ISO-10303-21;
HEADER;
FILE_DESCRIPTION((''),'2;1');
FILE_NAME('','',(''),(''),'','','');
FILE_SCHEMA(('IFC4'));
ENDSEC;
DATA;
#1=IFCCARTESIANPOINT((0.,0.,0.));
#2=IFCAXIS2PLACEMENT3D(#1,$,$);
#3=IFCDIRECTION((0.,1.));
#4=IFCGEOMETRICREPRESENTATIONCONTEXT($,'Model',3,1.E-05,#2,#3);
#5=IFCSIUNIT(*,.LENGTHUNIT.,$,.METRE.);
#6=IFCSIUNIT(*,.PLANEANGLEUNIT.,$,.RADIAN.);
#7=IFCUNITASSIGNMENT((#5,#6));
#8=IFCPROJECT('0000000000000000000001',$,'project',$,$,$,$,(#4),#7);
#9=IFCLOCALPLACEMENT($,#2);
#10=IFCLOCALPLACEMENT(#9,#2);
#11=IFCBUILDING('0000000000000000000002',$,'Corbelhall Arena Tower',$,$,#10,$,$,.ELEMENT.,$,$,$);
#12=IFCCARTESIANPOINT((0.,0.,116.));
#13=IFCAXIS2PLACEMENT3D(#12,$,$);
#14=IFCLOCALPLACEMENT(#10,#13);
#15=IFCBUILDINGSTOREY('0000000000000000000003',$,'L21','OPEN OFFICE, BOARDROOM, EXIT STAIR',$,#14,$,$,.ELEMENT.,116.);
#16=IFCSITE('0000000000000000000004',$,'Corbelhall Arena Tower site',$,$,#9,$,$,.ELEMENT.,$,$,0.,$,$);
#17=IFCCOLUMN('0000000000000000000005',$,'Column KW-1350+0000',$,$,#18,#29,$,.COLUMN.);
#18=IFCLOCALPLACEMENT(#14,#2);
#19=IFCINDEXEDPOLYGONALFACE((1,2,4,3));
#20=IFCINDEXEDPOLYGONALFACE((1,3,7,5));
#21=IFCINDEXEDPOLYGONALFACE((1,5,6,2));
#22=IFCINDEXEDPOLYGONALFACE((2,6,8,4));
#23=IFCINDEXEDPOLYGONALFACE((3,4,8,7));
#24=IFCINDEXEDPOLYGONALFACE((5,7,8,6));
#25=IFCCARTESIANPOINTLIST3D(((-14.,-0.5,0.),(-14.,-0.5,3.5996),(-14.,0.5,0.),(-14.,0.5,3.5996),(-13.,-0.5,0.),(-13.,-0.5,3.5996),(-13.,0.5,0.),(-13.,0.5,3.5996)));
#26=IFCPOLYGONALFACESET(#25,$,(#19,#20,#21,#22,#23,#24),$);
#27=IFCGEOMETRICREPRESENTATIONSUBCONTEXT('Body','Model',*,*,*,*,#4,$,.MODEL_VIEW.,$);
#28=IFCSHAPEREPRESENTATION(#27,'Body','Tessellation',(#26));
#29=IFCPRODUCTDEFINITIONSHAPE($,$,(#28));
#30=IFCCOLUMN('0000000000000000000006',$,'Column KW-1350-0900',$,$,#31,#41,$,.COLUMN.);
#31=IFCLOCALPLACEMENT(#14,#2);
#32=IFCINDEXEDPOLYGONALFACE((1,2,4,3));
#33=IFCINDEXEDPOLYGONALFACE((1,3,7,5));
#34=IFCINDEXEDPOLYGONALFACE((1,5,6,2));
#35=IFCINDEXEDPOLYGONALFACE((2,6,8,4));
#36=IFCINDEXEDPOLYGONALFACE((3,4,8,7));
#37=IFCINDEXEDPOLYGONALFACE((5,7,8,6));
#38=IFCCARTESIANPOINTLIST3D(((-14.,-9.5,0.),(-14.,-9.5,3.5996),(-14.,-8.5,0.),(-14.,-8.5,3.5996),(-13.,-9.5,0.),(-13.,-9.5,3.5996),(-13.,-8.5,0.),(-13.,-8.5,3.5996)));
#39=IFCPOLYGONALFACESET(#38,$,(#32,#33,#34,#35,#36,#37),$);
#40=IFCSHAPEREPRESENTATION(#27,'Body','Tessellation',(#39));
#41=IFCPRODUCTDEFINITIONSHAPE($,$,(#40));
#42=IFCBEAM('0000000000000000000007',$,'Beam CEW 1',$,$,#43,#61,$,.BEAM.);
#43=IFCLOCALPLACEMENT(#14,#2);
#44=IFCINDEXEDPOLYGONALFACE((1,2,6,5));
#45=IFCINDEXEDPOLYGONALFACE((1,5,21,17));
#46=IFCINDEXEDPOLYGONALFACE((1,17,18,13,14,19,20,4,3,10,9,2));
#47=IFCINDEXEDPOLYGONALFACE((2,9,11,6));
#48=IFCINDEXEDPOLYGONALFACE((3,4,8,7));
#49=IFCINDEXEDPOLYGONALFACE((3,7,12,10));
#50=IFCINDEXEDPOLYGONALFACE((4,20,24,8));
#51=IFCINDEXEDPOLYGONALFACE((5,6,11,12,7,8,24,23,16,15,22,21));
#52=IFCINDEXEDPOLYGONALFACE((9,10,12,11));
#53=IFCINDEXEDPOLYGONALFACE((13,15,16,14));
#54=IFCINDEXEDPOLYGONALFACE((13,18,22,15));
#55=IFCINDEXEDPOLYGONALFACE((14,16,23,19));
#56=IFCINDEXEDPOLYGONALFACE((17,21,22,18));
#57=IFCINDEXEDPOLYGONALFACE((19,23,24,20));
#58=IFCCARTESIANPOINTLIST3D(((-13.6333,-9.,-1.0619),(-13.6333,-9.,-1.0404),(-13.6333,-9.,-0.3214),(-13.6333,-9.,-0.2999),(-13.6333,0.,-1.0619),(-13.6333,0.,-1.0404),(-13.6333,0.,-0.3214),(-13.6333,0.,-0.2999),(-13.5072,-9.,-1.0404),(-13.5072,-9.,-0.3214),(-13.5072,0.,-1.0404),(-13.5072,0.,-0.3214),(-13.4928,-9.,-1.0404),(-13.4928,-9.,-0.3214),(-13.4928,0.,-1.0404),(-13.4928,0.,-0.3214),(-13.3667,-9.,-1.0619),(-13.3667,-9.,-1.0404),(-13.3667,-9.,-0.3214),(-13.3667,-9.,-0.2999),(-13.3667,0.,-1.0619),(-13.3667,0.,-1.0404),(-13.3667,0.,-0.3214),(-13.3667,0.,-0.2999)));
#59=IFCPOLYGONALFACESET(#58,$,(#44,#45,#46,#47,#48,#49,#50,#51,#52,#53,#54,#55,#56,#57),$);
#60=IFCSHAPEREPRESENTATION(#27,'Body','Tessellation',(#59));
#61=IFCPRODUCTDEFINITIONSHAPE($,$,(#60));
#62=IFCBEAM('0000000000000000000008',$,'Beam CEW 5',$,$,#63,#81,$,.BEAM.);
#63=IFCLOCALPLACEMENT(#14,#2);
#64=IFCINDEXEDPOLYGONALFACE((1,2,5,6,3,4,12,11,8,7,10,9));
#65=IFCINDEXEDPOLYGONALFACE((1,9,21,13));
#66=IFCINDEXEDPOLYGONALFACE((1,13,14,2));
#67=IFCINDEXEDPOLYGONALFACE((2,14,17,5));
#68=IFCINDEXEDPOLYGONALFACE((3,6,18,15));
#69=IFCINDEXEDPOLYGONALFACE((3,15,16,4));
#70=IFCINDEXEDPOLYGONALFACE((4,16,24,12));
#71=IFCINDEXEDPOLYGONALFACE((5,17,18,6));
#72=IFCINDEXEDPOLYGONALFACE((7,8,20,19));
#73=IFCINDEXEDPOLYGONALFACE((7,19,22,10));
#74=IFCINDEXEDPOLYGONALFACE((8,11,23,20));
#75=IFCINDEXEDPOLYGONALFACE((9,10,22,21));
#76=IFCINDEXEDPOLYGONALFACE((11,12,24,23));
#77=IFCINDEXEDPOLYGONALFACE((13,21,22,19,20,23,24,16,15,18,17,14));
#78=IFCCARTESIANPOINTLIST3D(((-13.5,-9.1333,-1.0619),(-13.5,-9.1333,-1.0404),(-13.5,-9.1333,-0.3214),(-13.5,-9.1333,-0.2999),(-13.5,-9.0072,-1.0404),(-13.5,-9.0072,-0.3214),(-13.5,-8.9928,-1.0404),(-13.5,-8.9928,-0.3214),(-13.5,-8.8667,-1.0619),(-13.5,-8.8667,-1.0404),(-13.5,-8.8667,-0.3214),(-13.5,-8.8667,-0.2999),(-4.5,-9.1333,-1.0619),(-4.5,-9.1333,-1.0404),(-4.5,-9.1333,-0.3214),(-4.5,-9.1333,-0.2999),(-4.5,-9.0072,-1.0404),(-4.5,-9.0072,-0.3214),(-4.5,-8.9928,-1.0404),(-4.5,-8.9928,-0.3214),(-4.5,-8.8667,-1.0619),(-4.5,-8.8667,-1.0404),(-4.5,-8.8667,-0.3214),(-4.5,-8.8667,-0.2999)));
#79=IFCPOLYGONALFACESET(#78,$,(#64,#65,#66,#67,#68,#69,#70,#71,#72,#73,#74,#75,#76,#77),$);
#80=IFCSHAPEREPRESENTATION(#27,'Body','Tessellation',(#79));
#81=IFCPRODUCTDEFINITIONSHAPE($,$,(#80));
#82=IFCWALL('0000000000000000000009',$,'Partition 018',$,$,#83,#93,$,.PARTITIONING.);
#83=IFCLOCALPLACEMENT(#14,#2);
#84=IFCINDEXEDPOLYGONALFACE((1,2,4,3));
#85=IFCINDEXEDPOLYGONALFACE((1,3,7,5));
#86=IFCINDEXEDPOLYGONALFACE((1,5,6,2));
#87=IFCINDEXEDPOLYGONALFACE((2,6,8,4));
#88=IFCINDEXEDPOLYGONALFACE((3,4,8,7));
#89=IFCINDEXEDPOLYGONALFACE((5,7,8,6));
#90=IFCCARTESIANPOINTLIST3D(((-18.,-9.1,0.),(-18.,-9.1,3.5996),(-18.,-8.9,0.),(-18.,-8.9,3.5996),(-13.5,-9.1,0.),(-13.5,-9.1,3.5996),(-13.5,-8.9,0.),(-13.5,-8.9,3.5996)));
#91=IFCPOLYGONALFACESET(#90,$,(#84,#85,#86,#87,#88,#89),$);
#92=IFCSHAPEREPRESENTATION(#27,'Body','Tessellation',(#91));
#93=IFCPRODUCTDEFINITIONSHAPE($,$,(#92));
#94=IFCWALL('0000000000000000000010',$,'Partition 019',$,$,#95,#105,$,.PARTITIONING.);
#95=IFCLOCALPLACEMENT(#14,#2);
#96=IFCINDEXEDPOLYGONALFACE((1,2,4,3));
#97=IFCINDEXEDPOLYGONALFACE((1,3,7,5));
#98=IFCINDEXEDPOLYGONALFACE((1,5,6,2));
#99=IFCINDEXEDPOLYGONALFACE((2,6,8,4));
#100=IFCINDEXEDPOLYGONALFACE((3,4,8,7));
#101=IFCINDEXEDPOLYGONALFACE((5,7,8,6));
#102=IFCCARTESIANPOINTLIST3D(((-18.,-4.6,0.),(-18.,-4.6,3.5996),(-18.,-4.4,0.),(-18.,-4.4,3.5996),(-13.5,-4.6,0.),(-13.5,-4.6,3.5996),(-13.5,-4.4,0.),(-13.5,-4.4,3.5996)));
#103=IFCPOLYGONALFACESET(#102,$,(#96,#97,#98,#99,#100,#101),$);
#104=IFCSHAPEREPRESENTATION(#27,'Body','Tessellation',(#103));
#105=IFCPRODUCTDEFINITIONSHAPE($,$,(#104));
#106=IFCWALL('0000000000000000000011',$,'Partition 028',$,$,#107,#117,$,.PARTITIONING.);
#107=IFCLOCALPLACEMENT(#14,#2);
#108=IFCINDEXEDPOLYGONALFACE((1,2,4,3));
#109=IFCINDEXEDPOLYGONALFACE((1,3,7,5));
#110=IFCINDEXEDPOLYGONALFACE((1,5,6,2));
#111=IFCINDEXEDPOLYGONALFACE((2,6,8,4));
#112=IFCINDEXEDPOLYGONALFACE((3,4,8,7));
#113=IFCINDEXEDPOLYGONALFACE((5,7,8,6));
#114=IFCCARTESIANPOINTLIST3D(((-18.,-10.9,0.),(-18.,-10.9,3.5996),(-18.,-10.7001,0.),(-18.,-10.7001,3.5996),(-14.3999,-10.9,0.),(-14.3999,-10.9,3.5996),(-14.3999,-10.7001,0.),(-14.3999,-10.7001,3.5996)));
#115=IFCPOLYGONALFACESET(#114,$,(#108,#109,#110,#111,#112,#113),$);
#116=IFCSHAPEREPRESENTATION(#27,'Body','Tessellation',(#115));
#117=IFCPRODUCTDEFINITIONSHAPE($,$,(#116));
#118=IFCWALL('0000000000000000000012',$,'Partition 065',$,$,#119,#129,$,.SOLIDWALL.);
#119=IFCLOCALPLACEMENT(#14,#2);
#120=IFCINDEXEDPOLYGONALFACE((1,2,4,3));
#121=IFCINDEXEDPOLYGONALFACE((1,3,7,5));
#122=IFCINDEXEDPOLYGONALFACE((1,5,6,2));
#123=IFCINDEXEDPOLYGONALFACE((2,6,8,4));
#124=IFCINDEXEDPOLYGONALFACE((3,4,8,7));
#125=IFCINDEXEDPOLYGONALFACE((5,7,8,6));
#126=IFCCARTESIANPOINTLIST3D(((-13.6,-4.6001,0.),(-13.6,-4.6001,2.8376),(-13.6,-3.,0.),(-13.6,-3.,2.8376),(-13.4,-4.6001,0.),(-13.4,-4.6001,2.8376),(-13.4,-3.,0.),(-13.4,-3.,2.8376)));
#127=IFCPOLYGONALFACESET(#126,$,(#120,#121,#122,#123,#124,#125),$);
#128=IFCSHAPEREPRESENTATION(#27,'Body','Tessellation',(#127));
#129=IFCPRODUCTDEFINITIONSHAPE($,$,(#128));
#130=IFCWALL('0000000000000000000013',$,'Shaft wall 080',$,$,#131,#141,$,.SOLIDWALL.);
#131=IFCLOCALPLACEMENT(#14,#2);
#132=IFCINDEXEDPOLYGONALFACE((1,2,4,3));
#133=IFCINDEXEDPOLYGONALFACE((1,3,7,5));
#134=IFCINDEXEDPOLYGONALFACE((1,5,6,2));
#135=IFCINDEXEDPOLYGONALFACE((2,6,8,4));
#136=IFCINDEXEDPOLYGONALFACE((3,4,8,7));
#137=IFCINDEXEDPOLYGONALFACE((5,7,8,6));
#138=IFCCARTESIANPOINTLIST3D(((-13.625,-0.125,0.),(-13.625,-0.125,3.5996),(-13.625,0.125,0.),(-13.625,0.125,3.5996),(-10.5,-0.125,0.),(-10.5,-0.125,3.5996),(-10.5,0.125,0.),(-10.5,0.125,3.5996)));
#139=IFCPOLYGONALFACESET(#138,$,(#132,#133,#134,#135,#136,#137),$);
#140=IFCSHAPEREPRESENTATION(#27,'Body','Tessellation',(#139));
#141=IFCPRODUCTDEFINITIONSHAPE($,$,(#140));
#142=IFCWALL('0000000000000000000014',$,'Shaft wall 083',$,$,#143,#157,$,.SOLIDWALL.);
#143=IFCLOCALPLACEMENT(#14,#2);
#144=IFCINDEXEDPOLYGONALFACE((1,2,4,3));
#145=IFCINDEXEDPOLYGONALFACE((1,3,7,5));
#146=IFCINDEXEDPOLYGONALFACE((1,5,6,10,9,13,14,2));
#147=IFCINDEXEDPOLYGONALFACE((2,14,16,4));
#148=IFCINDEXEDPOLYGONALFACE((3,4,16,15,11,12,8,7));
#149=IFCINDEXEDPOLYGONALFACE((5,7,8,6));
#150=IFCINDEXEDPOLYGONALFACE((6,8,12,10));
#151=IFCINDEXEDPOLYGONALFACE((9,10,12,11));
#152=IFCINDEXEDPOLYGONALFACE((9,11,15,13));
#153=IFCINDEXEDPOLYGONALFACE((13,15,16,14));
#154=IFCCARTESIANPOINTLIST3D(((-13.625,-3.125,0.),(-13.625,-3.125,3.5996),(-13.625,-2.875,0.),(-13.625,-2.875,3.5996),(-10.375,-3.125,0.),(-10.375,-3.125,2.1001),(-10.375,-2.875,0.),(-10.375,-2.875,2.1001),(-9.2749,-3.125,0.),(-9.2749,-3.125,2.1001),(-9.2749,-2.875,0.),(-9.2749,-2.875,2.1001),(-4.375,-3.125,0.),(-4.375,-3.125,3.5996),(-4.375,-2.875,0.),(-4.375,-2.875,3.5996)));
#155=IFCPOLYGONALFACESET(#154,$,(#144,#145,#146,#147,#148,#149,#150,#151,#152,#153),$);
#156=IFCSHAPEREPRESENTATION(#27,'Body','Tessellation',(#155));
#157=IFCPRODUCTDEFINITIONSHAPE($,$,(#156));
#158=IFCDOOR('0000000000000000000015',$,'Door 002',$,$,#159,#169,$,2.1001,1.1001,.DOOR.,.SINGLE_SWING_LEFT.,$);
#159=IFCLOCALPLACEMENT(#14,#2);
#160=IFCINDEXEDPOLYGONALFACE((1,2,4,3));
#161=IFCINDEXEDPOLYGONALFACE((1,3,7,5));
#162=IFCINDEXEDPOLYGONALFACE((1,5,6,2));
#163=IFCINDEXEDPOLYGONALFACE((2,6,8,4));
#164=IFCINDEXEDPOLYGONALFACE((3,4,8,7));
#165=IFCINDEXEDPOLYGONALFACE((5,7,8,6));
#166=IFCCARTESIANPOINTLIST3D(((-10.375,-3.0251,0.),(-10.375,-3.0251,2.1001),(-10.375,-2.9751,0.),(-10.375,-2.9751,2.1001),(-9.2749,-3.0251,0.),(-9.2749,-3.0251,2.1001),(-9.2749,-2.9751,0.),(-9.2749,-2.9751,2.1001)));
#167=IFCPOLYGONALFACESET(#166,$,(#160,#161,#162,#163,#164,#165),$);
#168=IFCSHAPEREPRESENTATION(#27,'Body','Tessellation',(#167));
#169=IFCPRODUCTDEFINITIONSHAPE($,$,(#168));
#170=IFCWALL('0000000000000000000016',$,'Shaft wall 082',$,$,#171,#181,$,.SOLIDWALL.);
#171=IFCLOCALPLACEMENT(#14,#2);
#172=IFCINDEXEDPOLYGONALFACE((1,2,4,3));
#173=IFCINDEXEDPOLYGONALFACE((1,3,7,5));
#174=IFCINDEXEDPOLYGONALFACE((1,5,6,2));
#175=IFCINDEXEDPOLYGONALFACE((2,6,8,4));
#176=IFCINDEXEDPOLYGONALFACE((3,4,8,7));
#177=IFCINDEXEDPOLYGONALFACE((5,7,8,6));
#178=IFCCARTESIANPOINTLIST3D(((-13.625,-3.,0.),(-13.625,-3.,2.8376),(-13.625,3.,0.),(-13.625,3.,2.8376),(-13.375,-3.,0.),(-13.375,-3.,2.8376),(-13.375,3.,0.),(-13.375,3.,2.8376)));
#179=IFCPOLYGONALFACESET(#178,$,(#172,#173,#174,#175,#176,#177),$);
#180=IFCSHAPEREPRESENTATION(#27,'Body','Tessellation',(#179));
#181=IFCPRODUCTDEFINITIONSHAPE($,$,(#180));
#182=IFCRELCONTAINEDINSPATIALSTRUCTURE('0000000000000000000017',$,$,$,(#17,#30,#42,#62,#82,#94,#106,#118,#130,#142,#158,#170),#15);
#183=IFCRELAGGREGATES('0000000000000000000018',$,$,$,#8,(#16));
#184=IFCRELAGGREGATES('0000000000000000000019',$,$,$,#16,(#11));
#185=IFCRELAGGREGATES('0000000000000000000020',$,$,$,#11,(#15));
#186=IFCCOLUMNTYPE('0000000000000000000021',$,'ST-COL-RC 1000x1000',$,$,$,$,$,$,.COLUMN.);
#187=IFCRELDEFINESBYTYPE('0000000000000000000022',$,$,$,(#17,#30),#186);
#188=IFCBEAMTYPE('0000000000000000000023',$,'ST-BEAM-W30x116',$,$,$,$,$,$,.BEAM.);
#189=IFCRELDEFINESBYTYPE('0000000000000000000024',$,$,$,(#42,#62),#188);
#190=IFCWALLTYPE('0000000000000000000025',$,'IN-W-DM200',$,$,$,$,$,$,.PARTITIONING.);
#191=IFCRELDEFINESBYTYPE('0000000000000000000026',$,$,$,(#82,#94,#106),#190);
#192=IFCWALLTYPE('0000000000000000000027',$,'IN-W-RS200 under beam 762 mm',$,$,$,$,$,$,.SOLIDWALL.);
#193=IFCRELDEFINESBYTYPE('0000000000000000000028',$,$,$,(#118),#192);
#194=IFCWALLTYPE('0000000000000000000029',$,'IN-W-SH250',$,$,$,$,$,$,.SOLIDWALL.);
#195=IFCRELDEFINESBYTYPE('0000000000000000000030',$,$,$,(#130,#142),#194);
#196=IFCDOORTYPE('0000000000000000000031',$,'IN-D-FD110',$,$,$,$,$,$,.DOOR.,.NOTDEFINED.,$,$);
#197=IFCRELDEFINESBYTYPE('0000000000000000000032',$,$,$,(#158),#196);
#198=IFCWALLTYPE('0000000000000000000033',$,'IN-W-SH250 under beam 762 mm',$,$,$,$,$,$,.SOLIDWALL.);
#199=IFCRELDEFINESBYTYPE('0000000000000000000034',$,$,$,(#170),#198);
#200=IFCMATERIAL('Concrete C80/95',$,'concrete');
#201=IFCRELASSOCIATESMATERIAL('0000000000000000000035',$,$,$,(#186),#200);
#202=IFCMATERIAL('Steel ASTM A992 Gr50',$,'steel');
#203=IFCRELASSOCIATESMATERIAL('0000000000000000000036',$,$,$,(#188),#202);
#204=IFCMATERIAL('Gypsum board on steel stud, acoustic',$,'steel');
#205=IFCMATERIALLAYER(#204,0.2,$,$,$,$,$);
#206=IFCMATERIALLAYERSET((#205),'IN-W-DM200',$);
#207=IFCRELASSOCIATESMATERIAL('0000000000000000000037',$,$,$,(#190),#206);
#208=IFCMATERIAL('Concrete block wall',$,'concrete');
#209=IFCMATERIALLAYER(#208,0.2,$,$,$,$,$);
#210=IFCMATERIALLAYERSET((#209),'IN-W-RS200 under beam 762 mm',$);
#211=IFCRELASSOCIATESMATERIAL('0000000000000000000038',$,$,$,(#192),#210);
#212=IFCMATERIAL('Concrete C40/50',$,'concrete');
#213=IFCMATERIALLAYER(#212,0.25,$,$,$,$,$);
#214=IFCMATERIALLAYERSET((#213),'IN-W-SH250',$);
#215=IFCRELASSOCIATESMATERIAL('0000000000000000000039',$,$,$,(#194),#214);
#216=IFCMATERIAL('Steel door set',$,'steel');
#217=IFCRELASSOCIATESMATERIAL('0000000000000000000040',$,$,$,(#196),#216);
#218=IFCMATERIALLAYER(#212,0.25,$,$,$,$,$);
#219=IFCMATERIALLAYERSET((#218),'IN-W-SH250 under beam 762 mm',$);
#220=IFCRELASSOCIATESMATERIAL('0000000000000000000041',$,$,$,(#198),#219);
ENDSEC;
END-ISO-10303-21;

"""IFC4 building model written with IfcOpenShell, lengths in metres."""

from ifc_helpers import new_model, si_unit, direction, frame, frame_2d, origin, origin_2d, place, context, subcontext, project, spatial, rectangle, i_section, extrude, material, layer, layer_set, material_profile, profile_set, type_object, element, fill, save


model = new_model("IFC4")

# Units and contexts
model_context = context("Model", 3, precision=1e-05, world=origin(), true_north=direction((0.0, 1.0)))
body_context = subcontext(model_context, "Body", "Model", "MODEL_VIEW")
ifc_project = project(units=[si_unit("LENGTHUNIT", "METRE"), si_unit("PLANEANGLEUNIT", "RADIAN")], contexts=[model_context])

# Site, building, storey
site_placement = place(None, origin())
site = spatial("IfcSite", under=ifc_project, at=site_placement, Name="Corbelhall Arena Tower site", CompositionType="ELEMENT", RefElevation=0.0)
building_placement = place(site_placement, origin())
building = spatial("IfcBuilding", under=site, at=building_placement, Name="Corbelhall Arena Tower", CompositionType="ELEMENT")
storey_placement = place(building_placement, frame((0.0, 0.0, 116.0)))
storey = spatial("IfcBuildingStorey", under=building, at=storey_placement, Name="L21", Description="OPEN OFFICE, BOARDROOM, EXIT STAIR", CompositionType="ELEMENT", Elevation=116.0)

# Columns
ifc_material_1 = material(Name="Concrete C80/95", Category="concrete")
ifc_material_profile_1 = material_profile(ifc_material_1, rectangle(XDim=1.0, YDim=1.0, at=origin_2d()))
ifc_profile_set_1 = profile_set([ifc_material_profile_1], Name="Concrete C80/95")
column_type = type_object("IfcColumnType", Name="ST-COL-RC 1000x1000", PredefinedType="COLUMN", material=ifc_profile_set_1)
for number, where, z_axis, x_axis, name in (
    (1, (-13.5, 0.0, 0.0), (0.0, 0.0, 1.0), (1.0, 0.0, 0.0), "Column KW-1350+0000"),
    (2, (-13.5, -9.0, 0.0), (0.0, 0.0, 1.0), (1.0, 0.0, 0.0), "Column KW-1350-0900"),
):
    element("IfcColumn", number, at=place(storey_placement, frame(where, z_axis=z_axis, x_axis=x_axis)), inside=storey, type_object=column_type, Name=name, PredefinedType="COLUMN", context=body_context, shape_type="SweptSolid", body=[
        extrude(rectangle(XDim=1.0, YDim=1.0, at=origin_2d()), origin(), (0.0, 0.0, 1.0), 3.5996),
    ])

# Beams
ifc_material_2 = material(Name="Steel ASTM A992 Gr50", Category="steel")
ifc_material_profile_2 = material_profile(ifc_material_2, i_section(OverallWidth=0.2666, OverallDepth=0.762, WebThickness=0.0144, FlangeThickness=0.0215, at=origin_2d()))
ifc_profile_set_2 = profile_set([ifc_material_profile_2], Name="Steel ASTM A992 Gr50")
beam_type = type_object("IfcBeamType", Name="ST-BEAM-W30x116", PredefinedType="BEAM", material=ifc_profile_set_2)
for number, where, z_axis, x_axis, name in (
    (3, (-13.5, -9.0, -0.6809), (0.0, 1.0, 0.0), (-1.0, 0.0, 0.0), "Beam CEW 1"),
    (4, (-13.5, -9.0, -0.6809), (1.0, 0.0, 0.0), (0.0, 1.0, 0.0), "Beam CEW 5"),
):
    element("IfcBeam", number, at=place(storey_placement, frame(where, z_axis=z_axis, x_axis=x_axis)), inside=storey, type_object=beam_type, Name=name, PredefinedType="BEAM", context=body_context, shape_type="SweptSolid", body=[
        extrude(i_section(OverallWidth=0.2666, OverallDepth=0.762, WebThickness=0.0144, FlangeThickness=0.0215, at=origin_2d()), origin(), (0.0, 0.0, 1.0), 9.0),
    ])

# Shared definitions
ifc_material_3 = material(Name="Gypsum board on steel stud, acoustic", Category="steel")
ifc_layer_1 = layer(ifc_material_3, 0.2)
ifc_layer_set_1 = layer_set([ifc_layer_1], Name="IN-W-DM200")
wall_type_1 = type_object("IfcWallType", Name="IN-W-DM200", PredefinedType="PARTITIONING", material=ifc_layer_set_1)
ifc_material_4 = material(Name="Steel door set", Category="steel")

# Walls
for number, where, z_axis, x_axis, name in (
    (5, (-18.0, -9.0, 0.0), (0.0, 0.0, 1.0), (1.0, 0.0, 0.0), "Partition 018"),
    (6, (-18.0, -4.5, 0.0), (0.0, 0.0, 1.0), (1.0, 0.0, 0.0), "Partition 019"),
):
    element("IfcWall", number, at=place(storey_placement, frame(where, z_axis=z_axis, x_axis=x_axis)), inside=storey, type_object=wall_type_1, Name=name, PredefinedType="PARTITIONING", context=body_context, shape_type="SweptSolid", body=[
        extrude(rectangle(XDim=4.5, YDim=0.2, at=frame_2d((2.25, 0.0))), origin(), (0.0, 0.0, 1.0), 3.5996),
    ])
wall_1_placement = place(storey_placement, frame((-14.3999, -10.8, 0.0), z_axis=(0.0, 0.0, 1.0), x_axis=(-1.0, 0.0, 0.0)))
element("IfcWall", 7, at=wall_1_placement, inside=storey, type_object=wall_type_1, Name="Partition 028", PredefinedType="PARTITIONING", context=body_context, shape_type="SweptSolid", body=[
    extrude(rectangle(XDim=3.6001, YDim=0.2, at=frame_2d((1.8, 0.0))), origin(), (0.0, 0.0, 1.0), 3.5996),
])
ifc_material_5 = material(Name="Concrete block wall", Category="concrete")
ifc_layer_2 = layer(ifc_material_5, 0.2)
ifc_layer_set_2 = layer_set([ifc_layer_2], Name="IN-W-RS200 under beam 762 mm")
wall_type_2 = type_object("IfcWallType", Name="IN-W-RS200 under beam 762 mm", PredefinedType="SOLIDWALL", material=ifc_layer_set_2)
wall_2_placement = place(storey_placement, frame((-13.5, -4.6001, 0.0), z_axis=(0.0, 0.0, 1.0), x_axis=(0.0, 1.0, 0.0)))
element("IfcWall", 8, at=wall_2_placement, inside=storey, type_object=wall_type_2, Name="Partition 065", PredefinedType="SOLIDWALL", context=body_context, shape_type="SweptSolid", body=[
    extrude(rectangle(XDim=1.6001, YDim=0.2, at=frame_2d((0.8, 0.0))), origin(), (0.0, 0.0, 1.0), 2.8376),
])
ifc_material_6 = material(Name="Concrete C40/50", Category="concrete")
ifc_layer_3 = layer(ifc_material_6, 0.25)
ifc_layer_set_3 = layer_set([ifc_layer_3], Name="IN-W-SH250")
wall_type_3 = type_object("IfcWallType", Name="IN-W-SH250", PredefinedType="SOLIDWALL", material=ifc_layer_set_3)
wall_3_placement = place(storey_placement, frame((-13.625, 0.0, 0.0), z_axis=(0.0, 0.0, 1.0), x_axis=(1.0, 0.0, 0.0)))
element("IfcWall", 9, at=wall_3_placement, inside=storey, type_object=wall_type_3, Name="Shaft wall 080", PredefinedType="SOLIDWALL", context=body_context, shape_type="SweptSolid", body=[
    extrude(rectangle(XDim=3.125, YDim=0.25, at=frame_2d((1.5625, 0.0))), origin(), (0.0, 0.0, 1.0), 3.5996),
])

# Wall, opening, door
wall_4_placement = place(storey_placement, frame((-13.625, -3.0, 0.0), z_axis=(0.0, 0.0, 1.0), x_axis=(1.0, 0.0, 0.0)))
wall_4 = element("IfcWall", 10, at=wall_4_placement, inside=storey, type_object=wall_type_3, Name="Shaft wall 083", PredefinedType="SOLIDWALL", context=body_context, shape_type="SweptSolid", body=[
    extrude(rectangle(XDim=9.25, YDim=0.25, at=frame_2d((4.625, 0.0))), origin(), (0.0, 0.0, 1.0), 3.5996),
])
opening_1_placement = place(wall_4_placement, frame((3.25, 0.0, 0.0)))
opening_1 = element("IfcOpeningElement", 11, at=opening_1_placement, cuts=wall_4, PredefinedType="OPENING", context=body_context, shape_type="SweptSolid", body=[
    extrude(rectangle(XDim=1.1001, YDim=2.1001, at=frame_2d((0.55, 1.05))), frame((0.0, 0.125, 0.0), z_axis=(0.0, -1.0, 0.0), x_axis=(1.0, 0.0, 0.0)), (0.0, 0.0, 1.0), 0.25),
])
door_type_1 = type_object("IfcDoorType", Name="IN-D-FD110", OperationType="NOTDEFINED", PredefinedType="DOOR", material=ifc_material_4)
door_1_placement = place(opening_1_placement, origin())
door_1 = element("IfcDoor", 12, at=door_1_placement, inside=storey, type_object=door_type_1, Name="Door 002", OperationType="SINGLE_SWING_LEFT", OverallHeight=2.1001, OverallWidth=1.1001, PredefinedType="DOOR", context=body_context, shape_type="SweptSolid", body=[
    extrude(rectangle(XDim=1.1001, YDim=2.1001, at=frame_2d((0.55, 1.05))), frame((0.0, 0.0249, 0.0), z_axis=(0.0, -1.0, 0.0), x_axis=(1.0, 0.0, 0.0)), (0.0, 0.0, 1.0), 0.05),
])
fill(opening_1, door_1)

# Wall
ifc_layer_4 = layer(ifc_material_6, 0.25)
ifc_layer_set_4 = layer_set([ifc_layer_4], Name="IN-W-SH250 under beam 762 mm")
wall_type_4 = type_object("IfcWallType", Name="IN-W-SH250 under beam 762 mm", PredefinedType="SOLIDWALL", material=ifc_layer_set_4)
wall_5_placement = place(storey_placement, frame((-13.5, -3.0, 0.0), z_axis=(0.0, 0.0, 1.0), x_axis=(0.0, 1.0, 0.0)))
element("IfcWall", 13, at=wall_5_placement, inside=storey, type_object=wall_type_4, Name="Shaft wall 082", PredefinedType="SOLIDWALL", context=body_context, shape_type="SweptSolid", body=[
    extrude(rectangle(XDim=6.0, YDim=0.25, at=frame_2d((3.0, 0.0))), origin(), (0.0, 0.0, 1.0), 2.8376),
])

save(model, "model.ifc")
